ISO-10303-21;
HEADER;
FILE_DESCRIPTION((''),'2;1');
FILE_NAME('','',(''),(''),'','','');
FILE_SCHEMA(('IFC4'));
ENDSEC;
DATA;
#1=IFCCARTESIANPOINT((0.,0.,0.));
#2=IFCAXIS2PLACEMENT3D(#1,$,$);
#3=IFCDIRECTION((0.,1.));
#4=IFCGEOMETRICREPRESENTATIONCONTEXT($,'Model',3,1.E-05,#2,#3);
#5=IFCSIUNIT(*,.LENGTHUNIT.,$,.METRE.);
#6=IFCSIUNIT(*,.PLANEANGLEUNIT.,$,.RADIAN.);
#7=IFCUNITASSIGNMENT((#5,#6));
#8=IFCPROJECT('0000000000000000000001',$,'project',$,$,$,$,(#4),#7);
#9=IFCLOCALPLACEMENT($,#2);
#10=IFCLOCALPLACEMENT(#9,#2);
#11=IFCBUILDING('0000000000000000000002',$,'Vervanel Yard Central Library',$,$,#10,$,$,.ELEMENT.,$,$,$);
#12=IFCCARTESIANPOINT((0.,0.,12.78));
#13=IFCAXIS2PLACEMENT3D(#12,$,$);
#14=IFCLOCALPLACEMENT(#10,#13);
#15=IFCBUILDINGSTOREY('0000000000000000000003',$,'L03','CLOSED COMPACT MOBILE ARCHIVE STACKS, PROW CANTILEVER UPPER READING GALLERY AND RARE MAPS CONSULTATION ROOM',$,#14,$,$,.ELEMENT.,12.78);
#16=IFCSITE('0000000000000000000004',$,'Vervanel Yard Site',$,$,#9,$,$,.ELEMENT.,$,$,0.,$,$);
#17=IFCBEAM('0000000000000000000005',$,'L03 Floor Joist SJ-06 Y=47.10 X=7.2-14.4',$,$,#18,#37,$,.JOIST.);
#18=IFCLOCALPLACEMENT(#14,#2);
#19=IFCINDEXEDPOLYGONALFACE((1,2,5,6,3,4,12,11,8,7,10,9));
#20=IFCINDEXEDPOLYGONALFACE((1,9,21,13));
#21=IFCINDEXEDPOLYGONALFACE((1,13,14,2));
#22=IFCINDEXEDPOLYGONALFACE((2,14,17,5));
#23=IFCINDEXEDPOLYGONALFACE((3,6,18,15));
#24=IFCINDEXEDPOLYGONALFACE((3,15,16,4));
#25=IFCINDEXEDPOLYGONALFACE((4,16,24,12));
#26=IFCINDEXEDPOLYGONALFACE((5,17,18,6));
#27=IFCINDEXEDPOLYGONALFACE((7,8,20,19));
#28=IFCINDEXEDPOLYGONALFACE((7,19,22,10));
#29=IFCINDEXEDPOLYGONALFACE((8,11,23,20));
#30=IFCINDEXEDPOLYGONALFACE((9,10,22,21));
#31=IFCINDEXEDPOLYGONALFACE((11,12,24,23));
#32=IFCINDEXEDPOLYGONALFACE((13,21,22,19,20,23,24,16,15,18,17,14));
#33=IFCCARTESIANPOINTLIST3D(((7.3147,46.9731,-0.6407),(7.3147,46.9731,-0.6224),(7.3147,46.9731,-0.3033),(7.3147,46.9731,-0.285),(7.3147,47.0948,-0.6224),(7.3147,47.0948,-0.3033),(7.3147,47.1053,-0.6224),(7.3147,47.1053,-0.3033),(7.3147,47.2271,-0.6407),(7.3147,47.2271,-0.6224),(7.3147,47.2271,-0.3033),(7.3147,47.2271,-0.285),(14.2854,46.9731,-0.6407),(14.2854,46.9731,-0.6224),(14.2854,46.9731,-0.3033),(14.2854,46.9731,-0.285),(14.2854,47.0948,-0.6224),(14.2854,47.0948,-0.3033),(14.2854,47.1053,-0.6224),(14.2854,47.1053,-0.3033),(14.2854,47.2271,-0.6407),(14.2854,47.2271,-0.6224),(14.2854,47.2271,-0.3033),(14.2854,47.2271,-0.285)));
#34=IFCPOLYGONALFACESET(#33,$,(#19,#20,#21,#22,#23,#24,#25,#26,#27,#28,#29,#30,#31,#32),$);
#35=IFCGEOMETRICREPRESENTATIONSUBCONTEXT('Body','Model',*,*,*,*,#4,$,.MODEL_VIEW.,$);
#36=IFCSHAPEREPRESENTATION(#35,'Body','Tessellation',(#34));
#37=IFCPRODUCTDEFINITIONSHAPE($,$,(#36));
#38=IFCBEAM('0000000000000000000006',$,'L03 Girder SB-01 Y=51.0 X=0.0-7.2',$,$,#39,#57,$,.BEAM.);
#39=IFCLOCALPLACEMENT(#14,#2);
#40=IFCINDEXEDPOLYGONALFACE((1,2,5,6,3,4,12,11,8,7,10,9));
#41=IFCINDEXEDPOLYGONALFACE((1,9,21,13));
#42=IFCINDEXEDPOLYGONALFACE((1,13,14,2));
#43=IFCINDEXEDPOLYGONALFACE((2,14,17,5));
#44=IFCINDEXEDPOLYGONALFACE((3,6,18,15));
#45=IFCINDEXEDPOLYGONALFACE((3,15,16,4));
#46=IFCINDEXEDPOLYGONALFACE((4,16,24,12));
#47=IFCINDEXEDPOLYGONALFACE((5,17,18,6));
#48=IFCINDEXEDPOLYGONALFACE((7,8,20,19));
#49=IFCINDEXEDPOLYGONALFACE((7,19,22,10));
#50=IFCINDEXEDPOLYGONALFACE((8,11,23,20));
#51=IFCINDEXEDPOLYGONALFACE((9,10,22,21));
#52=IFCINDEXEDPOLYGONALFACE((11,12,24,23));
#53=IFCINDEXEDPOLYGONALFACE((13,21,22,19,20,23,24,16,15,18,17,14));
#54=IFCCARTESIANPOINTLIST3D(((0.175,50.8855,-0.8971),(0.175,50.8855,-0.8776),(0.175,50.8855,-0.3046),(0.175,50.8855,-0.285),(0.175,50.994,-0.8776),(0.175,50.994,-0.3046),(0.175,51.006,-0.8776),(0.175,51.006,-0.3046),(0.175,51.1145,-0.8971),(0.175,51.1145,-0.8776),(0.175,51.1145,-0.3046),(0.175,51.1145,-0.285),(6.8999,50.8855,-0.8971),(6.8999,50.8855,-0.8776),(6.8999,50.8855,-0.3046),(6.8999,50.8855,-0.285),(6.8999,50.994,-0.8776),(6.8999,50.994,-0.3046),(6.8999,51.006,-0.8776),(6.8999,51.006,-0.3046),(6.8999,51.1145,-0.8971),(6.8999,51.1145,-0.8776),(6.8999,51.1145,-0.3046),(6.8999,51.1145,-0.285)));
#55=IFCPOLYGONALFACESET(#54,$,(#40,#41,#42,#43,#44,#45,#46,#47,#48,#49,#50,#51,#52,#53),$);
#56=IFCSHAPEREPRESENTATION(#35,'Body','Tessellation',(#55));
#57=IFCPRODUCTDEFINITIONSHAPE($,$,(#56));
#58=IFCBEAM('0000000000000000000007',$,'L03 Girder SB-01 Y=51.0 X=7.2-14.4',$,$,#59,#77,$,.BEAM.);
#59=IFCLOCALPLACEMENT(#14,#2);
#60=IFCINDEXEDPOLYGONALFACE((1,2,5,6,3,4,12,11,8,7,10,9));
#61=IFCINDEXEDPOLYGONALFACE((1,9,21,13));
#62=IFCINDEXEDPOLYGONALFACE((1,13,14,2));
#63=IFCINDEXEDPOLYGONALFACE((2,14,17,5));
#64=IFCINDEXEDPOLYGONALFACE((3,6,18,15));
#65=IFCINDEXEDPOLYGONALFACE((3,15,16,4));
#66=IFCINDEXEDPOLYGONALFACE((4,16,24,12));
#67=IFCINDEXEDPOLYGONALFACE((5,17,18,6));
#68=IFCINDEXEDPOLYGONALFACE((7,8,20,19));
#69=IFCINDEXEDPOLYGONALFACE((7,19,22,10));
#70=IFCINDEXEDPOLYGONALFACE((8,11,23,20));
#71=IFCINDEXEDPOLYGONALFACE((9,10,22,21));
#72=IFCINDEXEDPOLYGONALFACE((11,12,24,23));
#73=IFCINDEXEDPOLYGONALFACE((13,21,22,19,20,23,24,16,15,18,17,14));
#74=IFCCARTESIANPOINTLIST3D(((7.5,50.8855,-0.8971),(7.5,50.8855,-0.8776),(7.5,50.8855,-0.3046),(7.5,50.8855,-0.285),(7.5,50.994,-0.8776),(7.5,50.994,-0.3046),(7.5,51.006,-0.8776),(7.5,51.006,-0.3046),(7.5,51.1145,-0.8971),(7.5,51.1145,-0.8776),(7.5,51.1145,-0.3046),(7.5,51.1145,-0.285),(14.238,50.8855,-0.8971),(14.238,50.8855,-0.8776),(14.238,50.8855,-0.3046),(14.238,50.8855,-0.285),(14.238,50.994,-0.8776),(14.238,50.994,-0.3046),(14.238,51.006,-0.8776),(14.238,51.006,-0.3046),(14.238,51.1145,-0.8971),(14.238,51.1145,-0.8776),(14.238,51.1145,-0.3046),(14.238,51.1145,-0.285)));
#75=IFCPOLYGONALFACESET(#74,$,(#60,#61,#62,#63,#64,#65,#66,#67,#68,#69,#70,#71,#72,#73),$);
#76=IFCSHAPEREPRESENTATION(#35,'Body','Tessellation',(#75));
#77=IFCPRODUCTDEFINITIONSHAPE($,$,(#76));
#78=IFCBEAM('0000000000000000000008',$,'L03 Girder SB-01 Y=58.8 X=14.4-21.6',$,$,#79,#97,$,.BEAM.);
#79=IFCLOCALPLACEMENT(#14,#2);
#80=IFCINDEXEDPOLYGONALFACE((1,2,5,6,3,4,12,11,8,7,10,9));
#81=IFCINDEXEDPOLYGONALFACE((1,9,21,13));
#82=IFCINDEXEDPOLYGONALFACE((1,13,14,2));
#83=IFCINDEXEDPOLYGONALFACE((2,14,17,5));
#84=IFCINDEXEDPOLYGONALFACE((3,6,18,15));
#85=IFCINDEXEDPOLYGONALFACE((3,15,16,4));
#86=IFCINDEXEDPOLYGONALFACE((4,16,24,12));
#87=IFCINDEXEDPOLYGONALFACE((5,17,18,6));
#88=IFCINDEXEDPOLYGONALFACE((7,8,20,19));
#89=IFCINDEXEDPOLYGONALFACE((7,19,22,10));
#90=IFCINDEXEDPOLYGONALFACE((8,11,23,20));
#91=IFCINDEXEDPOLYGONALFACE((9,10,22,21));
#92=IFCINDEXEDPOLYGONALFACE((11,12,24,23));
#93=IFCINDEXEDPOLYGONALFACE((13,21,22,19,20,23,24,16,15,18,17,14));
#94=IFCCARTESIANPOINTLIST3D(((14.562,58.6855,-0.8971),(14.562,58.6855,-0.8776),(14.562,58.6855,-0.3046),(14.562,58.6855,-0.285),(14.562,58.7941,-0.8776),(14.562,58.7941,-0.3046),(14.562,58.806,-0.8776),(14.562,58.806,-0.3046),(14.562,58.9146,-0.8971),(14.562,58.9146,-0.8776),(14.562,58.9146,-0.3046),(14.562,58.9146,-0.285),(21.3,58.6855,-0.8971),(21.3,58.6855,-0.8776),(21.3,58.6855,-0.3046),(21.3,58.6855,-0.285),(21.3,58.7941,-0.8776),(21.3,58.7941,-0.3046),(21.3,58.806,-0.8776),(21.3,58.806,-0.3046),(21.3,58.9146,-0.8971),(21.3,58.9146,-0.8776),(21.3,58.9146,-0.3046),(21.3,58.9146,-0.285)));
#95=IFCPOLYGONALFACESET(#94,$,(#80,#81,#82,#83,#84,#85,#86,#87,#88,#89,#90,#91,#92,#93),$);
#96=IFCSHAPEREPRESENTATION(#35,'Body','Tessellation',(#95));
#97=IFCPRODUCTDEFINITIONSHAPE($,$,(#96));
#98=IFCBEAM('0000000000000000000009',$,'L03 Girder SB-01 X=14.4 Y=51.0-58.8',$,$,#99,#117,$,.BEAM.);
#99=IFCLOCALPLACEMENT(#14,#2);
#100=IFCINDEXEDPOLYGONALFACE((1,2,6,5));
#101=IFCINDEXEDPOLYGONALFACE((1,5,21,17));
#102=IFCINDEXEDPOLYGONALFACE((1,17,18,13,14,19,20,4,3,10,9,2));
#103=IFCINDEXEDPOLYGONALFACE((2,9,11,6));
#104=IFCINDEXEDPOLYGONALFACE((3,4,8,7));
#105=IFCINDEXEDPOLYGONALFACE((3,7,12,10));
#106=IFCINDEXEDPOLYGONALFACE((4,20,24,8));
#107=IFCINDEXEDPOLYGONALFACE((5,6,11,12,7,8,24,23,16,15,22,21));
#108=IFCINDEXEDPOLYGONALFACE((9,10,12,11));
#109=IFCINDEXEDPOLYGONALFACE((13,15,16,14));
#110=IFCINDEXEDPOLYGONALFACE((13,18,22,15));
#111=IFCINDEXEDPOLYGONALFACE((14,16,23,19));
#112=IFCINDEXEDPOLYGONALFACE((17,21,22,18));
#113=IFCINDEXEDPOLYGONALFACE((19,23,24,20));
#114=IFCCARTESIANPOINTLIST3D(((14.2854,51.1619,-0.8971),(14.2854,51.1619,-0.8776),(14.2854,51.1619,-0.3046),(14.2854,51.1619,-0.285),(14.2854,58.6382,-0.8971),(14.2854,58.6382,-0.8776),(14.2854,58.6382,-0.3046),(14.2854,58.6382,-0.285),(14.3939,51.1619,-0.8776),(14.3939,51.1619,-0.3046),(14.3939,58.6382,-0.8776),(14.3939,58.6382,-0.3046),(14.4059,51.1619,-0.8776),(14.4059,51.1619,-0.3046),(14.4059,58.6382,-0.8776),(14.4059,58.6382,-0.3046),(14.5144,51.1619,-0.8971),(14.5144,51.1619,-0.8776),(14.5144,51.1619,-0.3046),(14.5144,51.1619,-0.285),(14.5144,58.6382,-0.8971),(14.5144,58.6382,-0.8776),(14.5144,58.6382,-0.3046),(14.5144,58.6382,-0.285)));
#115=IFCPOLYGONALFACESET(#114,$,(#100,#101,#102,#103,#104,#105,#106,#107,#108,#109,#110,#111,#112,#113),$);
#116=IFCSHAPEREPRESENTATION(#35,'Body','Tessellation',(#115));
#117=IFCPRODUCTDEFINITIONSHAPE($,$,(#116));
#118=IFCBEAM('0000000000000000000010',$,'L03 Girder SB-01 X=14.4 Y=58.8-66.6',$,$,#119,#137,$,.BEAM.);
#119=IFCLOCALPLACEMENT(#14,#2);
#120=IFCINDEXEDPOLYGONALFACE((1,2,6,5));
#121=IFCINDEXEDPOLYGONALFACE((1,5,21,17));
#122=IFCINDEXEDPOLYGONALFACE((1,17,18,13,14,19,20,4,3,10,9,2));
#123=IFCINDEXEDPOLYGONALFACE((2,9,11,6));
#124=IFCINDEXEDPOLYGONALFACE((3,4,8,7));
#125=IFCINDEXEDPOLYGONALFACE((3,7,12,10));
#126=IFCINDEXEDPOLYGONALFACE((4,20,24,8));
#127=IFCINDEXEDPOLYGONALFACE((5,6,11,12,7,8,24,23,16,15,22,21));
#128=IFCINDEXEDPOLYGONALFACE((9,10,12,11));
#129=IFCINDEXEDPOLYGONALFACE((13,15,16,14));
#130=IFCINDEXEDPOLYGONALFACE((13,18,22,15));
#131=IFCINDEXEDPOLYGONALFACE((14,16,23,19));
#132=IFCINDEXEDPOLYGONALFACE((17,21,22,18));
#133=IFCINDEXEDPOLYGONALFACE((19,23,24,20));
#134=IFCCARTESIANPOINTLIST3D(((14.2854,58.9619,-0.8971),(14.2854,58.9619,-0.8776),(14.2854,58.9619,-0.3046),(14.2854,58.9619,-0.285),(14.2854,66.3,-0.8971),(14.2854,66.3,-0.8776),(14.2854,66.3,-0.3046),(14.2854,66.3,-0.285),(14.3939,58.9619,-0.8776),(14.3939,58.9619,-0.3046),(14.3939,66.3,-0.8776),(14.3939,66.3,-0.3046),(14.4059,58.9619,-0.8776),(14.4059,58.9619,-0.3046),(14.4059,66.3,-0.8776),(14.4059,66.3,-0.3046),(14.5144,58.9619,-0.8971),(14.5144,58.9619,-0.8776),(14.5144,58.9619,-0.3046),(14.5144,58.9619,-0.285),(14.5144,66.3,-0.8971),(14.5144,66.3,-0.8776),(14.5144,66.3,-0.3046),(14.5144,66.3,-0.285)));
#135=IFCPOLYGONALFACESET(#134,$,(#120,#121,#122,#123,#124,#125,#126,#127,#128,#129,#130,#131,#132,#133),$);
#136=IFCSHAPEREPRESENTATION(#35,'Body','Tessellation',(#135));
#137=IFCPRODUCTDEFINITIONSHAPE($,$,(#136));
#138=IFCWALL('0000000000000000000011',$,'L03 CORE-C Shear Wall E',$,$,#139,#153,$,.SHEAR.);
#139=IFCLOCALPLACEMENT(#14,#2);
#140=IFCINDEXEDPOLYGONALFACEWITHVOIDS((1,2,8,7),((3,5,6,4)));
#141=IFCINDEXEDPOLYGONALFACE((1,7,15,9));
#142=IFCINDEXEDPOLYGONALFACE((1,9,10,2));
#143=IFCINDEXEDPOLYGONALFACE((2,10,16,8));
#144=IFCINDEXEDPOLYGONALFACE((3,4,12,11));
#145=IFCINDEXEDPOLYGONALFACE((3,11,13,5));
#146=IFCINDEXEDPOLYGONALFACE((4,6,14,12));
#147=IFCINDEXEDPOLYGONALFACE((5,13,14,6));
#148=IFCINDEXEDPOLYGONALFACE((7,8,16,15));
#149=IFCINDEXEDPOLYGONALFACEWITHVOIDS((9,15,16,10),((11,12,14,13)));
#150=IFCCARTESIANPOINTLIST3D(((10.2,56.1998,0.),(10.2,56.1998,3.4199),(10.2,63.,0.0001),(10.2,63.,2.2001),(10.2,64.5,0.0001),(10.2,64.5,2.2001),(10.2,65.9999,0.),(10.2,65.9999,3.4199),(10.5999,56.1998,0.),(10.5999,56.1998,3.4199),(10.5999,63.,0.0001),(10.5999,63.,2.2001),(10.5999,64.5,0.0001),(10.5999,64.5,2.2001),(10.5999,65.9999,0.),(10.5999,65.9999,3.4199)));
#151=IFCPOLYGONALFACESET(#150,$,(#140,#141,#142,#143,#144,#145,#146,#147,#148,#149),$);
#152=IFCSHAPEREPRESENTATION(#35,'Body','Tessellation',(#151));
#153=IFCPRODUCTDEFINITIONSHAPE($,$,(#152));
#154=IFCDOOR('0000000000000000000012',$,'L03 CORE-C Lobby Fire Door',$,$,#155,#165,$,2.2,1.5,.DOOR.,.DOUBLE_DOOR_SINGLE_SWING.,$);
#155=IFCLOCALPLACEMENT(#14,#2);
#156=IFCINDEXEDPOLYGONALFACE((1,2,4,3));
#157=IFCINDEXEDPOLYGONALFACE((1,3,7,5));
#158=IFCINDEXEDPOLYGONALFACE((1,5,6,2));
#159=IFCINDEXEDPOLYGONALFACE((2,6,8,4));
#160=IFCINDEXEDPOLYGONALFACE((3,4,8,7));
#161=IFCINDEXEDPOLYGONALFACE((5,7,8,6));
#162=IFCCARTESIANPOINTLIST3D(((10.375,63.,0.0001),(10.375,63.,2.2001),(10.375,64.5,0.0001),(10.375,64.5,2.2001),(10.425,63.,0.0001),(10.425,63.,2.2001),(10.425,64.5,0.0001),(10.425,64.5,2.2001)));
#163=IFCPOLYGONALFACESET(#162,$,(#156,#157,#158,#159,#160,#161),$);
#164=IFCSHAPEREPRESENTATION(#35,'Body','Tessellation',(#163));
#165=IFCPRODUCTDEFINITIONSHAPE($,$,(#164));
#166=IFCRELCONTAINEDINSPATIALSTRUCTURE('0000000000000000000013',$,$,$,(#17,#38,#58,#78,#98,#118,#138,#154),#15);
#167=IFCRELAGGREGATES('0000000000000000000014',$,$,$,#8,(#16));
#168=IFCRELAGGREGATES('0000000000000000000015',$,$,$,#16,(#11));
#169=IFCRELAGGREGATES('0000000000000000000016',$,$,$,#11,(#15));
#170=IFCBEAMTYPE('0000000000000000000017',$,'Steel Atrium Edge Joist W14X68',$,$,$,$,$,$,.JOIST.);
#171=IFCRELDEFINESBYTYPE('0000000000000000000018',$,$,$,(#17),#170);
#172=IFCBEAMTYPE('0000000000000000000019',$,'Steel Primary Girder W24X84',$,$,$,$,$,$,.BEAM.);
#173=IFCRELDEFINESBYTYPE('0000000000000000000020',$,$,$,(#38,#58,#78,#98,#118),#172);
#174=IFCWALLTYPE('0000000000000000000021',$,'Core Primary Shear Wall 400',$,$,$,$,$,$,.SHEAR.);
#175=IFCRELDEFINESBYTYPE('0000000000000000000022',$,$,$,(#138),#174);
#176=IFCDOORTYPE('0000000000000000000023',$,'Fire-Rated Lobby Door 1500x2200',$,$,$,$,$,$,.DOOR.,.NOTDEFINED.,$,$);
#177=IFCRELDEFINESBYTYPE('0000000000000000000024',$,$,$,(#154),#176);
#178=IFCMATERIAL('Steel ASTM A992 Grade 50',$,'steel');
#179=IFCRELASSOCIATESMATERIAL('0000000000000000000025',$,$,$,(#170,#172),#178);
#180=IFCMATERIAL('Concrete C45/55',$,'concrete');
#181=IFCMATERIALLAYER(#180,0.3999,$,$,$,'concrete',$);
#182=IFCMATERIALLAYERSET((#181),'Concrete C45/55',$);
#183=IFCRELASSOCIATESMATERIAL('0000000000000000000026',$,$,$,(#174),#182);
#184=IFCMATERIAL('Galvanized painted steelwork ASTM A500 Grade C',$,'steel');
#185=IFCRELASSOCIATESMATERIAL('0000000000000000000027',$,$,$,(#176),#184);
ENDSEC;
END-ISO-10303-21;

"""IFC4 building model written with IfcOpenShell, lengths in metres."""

from ifc_helpers import new_model, si_unit, direction, frame, frame_2d, origin, origin_2d, place, context, subcontext, project, spatial, rectangle, i_section, extrude, material, layer, layer_set, material_profile, profile_set, type_object, element, fill, save


model = new_model("IFC4")

# Units and contexts
model_context = context("Model", 3, precision=1e-05, world=origin(), true_north=direction((0.0, 1.0)))
body_context = subcontext(model_context, "Body", "Model", "MODEL_VIEW")
ifc_project = project(units=[si_unit("LENGTHUNIT", "METRE"), si_unit("PLANEANGLEUNIT", "RADIAN")], contexts=[model_context])

# Site, building, storey
site_placement = place(None, origin())
site = spatial("IfcSite", under=ifc_project, at=site_placement, Name="Vervanel Yard Site", CompositionType="ELEMENT", RefElevation=0.0)
building_placement = place(site_placement, origin())
building = spatial("IfcBuilding", under=site, at=building_placement, Name="Vervanel Yard Central Library", CompositionType="ELEMENT")
storey_placement = place(building_placement, frame((0.0, 0.0, 12.78)))
storey = spatial("IfcBuildingStorey", under=building, at=storey_placement, Name="L03", Description="CLOSED COMPACT MOBILE ARCHIVE STACKS, PROW CANTILEVER UPPER READING GALLERY AND RARE MAPS CONSULTATION ROOM", CompositionType="ELEMENT", Elevation=12.78)

# Shared definitions
ifc_material_1 = material(Name="Steel ASTM A992 Grade 50", Category="steel")

# Beams
ifc_material_profile_1 = material_profile(ifc_material_1, i_section(OverallWidth=0.2539, OverallDepth=0.3557, WebThickness=0.0105, FlangeThickness=0.0183, at=origin_2d()), Name="W14X68", Category="steel")
ifc_profile_set_1 = profile_set([ifc_material_profile_1], Name="Steel ASTM A992 Grade 50")
beam_type_1 = type_object("IfcBeamType", Name="Steel Atrium Edge Joist W14X68", PredefinedType="JOIST", material=ifc_profile_set_1)
beam_1_placement = place(storey_placement, frame((7.3147, 47.1001, -0.4629), z_axis=(1.0, 0.0, 0.0), x_axis=(0.0, 1.0, 0.0)))
element("IfcBeam", 1, at=beam_1_placement, inside=storey, type_object=beam_type_1, Name="L03 Floor Joist SJ-06 Y=47.10 X=7.2-14.4", PredefinedType="JOIST", context=body_context, shape_type="SweptSolid", body=[
    extrude(i_section(OverallWidth=0.2539, OverallDepth=0.3557, WebThickness=0.0105, FlangeThickness=0.0183, at=origin_2d()), origin(), (0.0, 0.0, 1.0), 6.9707),
])
ifc_material_profile_2 = material_profile(ifc_material_1, i_section(OverallWidth=0.229, OverallDepth=0.6121, WebThickness=0.012, FlangeThickness=0.0195, at=origin_2d()), Name="W24X84", Category="steel")
ifc_profile_set_2 = profile_set([ifc_material_profile_2], Name="Steel ASTM A992 Grade 50")
beam_type_2 = type_object("IfcBeamType", Name="Steel Primary Girder W24X84", PredefinedType="BEAM", material=ifc_profile_set_2)
beam_2_placement = place(storey_placement, frame((0.175, 51.0, -0.5911), z_axis=(1.0, 0.0, 0.0), x_axis=(0.0, 1.0, 0.0)))
element("IfcBeam", 2, at=beam_2_placement, inside=storey, type_object=beam_type_2, Name="L03 Girder SB-01 Y=51.0 X=0.0-7.2", PredefinedType="BEAM", context=body_context, shape_type="SweptSolid", body=[
    extrude(i_section(OverallWidth=0.229, OverallDepth=0.6121, WebThickness=0.012, FlangeThickness=0.0195, at=origin_2d()), origin(), (0.0, 0.0, 1.0), 6.7249),
])
for number, where, z_axis, x_axis, name in (
    (3, (7.5, 51.0, -0.5911), (1.0, 0.0, 0.0), (0.0, 1.0, 0.0), "L03 Girder SB-01 Y=51.0 X=7.2-14.4"),
    (4, (14.562, 58.8, -0.5911), (1.0, 0.0, 0.0), (0.0, 1.0, 0.0), "L03 Girder SB-01 Y=58.8 X=14.4-21.6"),
):
    element("IfcBeam", number, at=place(storey_placement, frame(where, z_axis=z_axis, x_axis=x_axis)), inside=storey, type_object=beam_type_2, Name=name, PredefinedType="BEAM", context=body_context, shape_type="SweptSolid", body=[
        extrude(i_section(OverallWidth=0.229, OverallDepth=0.6121, WebThickness=0.012, FlangeThickness=0.0195, at=origin_2d()), origin(), (0.0, 0.0, 1.0), 6.738),
    ])
beam_3_placement = place(storey_placement, frame((14.3999, 51.1619, -0.5911), z_axis=(0.0, 1.0, 0.0), x_axis=(-1.0, 0.0, 0.0)))
element("IfcBeam", 5, at=beam_3_placement, inside=storey, type_object=beam_type_2, Name="L03 Girder SB-01 X=14.4 Y=51.0-58.8", PredefinedType="BEAM", context=body_context, shape_type="SweptSolid", body=[
    extrude(i_section(OverallWidth=0.229, OverallDepth=0.6121, WebThickness=0.012, FlangeThickness=0.0195, at=origin_2d()), origin(), (0.0, 0.0, 1.0), 7.4763),
])
beam_4_placement = place(storey_placement, frame((14.3999, 58.9619, -0.5911), z_axis=(0.0, 1.0, 0.0), x_axis=(-1.0, 0.0, 0.0)))
element("IfcBeam", 6, at=beam_4_placement, inside=storey, type_object=beam_type_2, Name="L03 Girder SB-01 X=14.4 Y=58.8-66.6", PredefinedType="BEAM", context=body_context, shape_type="SweptSolid", body=[
    extrude(i_section(OverallWidth=0.229, OverallDepth=0.6121, WebThickness=0.012, FlangeThickness=0.0195, at=origin_2d()), origin(), (0.0, 0.0, 1.0), 7.3381),
])

# Wall, opening, door
ifc_material_2 = material(Name="Concrete C45/55", Category="concrete")
ifc_layer_1 = layer(ifc_material_2, 0.3999, Category="concrete")
ifc_layer_set_1 = layer_set([ifc_layer_1], Name="Concrete C45/55")
wall_type_1 = type_object("IfcWallType", Name="Core Primary Shear Wall 400", PredefinedType="SHEAR", material=ifc_layer_set_1)
wall_1_placement = place(storey_placement, frame((10.3999, 56.2, 0.0), z_axis=(0.0, 0.0, 1.0), x_axis=(0.0, 1.0, 0.0)))
wall_1 = element("IfcWall", 7, at=wall_1_placement, inside=storey, type_object=wall_type_1, Name="L03 CORE-C Shear Wall E", PredefinedType="SHEAR", context=body_context, shape_type="SweptSolid", body=[
    extrude(rectangle(XDim=9.8, YDim=0.3999, at=frame_2d((4.8999, 0.0))), origin(), (0.0, 0.0, 1.0), 3.4199),
])
opening_1_placement = place(wall_1_placement, frame((6.8, 0.0, 0.0)))
opening_1 = element("IfcOpeningElement", 8, at=opening_1_placement, cuts=wall_1, PredefinedType="OPENING", context=body_context, shape_type="SweptSolid", body=[
    extrude(rectangle(XDim=1.5, YDim=2.2, at=frame_2d((0.75, 1.1001))), frame((0.0, 0.21, 0.0), z_axis=(0.0, -1.0, 0.0), x_axis=(1.0, 0.0, 0.0)), (0.0, 0.0, 1.0), 0.4199),
])
ifc_material_3 = material(Name="Galvanized painted steelwork ASTM A500 Grade C", Category="steel")
door_type_1 = type_object("IfcDoorType", Name="Fire-Rated Lobby Door 1500x2200", OperationType="NOTDEFINED", PredefinedType="DOOR", material=ifc_material_3)
door_1_placement = place(opening_1_placement, origin())
door_1 = element("IfcDoor", 9, at=door_1_placement, inside=storey, type_object=door_type_1, Name="L03 CORE-C Lobby Fire Door", OperationType="DOUBLE_DOOR_SINGLE_SWING", OverallHeight=2.2, OverallWidth=1.5, PredefinedType="DOOR", context=body_context, shape_type="SweptSolid", body=[
    extrude(rectangle(XDim=1.5, YDim=2.2, at=frame_2d((0.75, 1.1001))), frame((0.0, 0.0249, 0.0), z_axis=(0.0, -1.0, 0.0), x_axis=(1.0, 0.0, 0.0)), (0.0, 0.0, 1.0), 0.05),
])
fill(opening_1, door_1)

save(model, "model.ifc")
